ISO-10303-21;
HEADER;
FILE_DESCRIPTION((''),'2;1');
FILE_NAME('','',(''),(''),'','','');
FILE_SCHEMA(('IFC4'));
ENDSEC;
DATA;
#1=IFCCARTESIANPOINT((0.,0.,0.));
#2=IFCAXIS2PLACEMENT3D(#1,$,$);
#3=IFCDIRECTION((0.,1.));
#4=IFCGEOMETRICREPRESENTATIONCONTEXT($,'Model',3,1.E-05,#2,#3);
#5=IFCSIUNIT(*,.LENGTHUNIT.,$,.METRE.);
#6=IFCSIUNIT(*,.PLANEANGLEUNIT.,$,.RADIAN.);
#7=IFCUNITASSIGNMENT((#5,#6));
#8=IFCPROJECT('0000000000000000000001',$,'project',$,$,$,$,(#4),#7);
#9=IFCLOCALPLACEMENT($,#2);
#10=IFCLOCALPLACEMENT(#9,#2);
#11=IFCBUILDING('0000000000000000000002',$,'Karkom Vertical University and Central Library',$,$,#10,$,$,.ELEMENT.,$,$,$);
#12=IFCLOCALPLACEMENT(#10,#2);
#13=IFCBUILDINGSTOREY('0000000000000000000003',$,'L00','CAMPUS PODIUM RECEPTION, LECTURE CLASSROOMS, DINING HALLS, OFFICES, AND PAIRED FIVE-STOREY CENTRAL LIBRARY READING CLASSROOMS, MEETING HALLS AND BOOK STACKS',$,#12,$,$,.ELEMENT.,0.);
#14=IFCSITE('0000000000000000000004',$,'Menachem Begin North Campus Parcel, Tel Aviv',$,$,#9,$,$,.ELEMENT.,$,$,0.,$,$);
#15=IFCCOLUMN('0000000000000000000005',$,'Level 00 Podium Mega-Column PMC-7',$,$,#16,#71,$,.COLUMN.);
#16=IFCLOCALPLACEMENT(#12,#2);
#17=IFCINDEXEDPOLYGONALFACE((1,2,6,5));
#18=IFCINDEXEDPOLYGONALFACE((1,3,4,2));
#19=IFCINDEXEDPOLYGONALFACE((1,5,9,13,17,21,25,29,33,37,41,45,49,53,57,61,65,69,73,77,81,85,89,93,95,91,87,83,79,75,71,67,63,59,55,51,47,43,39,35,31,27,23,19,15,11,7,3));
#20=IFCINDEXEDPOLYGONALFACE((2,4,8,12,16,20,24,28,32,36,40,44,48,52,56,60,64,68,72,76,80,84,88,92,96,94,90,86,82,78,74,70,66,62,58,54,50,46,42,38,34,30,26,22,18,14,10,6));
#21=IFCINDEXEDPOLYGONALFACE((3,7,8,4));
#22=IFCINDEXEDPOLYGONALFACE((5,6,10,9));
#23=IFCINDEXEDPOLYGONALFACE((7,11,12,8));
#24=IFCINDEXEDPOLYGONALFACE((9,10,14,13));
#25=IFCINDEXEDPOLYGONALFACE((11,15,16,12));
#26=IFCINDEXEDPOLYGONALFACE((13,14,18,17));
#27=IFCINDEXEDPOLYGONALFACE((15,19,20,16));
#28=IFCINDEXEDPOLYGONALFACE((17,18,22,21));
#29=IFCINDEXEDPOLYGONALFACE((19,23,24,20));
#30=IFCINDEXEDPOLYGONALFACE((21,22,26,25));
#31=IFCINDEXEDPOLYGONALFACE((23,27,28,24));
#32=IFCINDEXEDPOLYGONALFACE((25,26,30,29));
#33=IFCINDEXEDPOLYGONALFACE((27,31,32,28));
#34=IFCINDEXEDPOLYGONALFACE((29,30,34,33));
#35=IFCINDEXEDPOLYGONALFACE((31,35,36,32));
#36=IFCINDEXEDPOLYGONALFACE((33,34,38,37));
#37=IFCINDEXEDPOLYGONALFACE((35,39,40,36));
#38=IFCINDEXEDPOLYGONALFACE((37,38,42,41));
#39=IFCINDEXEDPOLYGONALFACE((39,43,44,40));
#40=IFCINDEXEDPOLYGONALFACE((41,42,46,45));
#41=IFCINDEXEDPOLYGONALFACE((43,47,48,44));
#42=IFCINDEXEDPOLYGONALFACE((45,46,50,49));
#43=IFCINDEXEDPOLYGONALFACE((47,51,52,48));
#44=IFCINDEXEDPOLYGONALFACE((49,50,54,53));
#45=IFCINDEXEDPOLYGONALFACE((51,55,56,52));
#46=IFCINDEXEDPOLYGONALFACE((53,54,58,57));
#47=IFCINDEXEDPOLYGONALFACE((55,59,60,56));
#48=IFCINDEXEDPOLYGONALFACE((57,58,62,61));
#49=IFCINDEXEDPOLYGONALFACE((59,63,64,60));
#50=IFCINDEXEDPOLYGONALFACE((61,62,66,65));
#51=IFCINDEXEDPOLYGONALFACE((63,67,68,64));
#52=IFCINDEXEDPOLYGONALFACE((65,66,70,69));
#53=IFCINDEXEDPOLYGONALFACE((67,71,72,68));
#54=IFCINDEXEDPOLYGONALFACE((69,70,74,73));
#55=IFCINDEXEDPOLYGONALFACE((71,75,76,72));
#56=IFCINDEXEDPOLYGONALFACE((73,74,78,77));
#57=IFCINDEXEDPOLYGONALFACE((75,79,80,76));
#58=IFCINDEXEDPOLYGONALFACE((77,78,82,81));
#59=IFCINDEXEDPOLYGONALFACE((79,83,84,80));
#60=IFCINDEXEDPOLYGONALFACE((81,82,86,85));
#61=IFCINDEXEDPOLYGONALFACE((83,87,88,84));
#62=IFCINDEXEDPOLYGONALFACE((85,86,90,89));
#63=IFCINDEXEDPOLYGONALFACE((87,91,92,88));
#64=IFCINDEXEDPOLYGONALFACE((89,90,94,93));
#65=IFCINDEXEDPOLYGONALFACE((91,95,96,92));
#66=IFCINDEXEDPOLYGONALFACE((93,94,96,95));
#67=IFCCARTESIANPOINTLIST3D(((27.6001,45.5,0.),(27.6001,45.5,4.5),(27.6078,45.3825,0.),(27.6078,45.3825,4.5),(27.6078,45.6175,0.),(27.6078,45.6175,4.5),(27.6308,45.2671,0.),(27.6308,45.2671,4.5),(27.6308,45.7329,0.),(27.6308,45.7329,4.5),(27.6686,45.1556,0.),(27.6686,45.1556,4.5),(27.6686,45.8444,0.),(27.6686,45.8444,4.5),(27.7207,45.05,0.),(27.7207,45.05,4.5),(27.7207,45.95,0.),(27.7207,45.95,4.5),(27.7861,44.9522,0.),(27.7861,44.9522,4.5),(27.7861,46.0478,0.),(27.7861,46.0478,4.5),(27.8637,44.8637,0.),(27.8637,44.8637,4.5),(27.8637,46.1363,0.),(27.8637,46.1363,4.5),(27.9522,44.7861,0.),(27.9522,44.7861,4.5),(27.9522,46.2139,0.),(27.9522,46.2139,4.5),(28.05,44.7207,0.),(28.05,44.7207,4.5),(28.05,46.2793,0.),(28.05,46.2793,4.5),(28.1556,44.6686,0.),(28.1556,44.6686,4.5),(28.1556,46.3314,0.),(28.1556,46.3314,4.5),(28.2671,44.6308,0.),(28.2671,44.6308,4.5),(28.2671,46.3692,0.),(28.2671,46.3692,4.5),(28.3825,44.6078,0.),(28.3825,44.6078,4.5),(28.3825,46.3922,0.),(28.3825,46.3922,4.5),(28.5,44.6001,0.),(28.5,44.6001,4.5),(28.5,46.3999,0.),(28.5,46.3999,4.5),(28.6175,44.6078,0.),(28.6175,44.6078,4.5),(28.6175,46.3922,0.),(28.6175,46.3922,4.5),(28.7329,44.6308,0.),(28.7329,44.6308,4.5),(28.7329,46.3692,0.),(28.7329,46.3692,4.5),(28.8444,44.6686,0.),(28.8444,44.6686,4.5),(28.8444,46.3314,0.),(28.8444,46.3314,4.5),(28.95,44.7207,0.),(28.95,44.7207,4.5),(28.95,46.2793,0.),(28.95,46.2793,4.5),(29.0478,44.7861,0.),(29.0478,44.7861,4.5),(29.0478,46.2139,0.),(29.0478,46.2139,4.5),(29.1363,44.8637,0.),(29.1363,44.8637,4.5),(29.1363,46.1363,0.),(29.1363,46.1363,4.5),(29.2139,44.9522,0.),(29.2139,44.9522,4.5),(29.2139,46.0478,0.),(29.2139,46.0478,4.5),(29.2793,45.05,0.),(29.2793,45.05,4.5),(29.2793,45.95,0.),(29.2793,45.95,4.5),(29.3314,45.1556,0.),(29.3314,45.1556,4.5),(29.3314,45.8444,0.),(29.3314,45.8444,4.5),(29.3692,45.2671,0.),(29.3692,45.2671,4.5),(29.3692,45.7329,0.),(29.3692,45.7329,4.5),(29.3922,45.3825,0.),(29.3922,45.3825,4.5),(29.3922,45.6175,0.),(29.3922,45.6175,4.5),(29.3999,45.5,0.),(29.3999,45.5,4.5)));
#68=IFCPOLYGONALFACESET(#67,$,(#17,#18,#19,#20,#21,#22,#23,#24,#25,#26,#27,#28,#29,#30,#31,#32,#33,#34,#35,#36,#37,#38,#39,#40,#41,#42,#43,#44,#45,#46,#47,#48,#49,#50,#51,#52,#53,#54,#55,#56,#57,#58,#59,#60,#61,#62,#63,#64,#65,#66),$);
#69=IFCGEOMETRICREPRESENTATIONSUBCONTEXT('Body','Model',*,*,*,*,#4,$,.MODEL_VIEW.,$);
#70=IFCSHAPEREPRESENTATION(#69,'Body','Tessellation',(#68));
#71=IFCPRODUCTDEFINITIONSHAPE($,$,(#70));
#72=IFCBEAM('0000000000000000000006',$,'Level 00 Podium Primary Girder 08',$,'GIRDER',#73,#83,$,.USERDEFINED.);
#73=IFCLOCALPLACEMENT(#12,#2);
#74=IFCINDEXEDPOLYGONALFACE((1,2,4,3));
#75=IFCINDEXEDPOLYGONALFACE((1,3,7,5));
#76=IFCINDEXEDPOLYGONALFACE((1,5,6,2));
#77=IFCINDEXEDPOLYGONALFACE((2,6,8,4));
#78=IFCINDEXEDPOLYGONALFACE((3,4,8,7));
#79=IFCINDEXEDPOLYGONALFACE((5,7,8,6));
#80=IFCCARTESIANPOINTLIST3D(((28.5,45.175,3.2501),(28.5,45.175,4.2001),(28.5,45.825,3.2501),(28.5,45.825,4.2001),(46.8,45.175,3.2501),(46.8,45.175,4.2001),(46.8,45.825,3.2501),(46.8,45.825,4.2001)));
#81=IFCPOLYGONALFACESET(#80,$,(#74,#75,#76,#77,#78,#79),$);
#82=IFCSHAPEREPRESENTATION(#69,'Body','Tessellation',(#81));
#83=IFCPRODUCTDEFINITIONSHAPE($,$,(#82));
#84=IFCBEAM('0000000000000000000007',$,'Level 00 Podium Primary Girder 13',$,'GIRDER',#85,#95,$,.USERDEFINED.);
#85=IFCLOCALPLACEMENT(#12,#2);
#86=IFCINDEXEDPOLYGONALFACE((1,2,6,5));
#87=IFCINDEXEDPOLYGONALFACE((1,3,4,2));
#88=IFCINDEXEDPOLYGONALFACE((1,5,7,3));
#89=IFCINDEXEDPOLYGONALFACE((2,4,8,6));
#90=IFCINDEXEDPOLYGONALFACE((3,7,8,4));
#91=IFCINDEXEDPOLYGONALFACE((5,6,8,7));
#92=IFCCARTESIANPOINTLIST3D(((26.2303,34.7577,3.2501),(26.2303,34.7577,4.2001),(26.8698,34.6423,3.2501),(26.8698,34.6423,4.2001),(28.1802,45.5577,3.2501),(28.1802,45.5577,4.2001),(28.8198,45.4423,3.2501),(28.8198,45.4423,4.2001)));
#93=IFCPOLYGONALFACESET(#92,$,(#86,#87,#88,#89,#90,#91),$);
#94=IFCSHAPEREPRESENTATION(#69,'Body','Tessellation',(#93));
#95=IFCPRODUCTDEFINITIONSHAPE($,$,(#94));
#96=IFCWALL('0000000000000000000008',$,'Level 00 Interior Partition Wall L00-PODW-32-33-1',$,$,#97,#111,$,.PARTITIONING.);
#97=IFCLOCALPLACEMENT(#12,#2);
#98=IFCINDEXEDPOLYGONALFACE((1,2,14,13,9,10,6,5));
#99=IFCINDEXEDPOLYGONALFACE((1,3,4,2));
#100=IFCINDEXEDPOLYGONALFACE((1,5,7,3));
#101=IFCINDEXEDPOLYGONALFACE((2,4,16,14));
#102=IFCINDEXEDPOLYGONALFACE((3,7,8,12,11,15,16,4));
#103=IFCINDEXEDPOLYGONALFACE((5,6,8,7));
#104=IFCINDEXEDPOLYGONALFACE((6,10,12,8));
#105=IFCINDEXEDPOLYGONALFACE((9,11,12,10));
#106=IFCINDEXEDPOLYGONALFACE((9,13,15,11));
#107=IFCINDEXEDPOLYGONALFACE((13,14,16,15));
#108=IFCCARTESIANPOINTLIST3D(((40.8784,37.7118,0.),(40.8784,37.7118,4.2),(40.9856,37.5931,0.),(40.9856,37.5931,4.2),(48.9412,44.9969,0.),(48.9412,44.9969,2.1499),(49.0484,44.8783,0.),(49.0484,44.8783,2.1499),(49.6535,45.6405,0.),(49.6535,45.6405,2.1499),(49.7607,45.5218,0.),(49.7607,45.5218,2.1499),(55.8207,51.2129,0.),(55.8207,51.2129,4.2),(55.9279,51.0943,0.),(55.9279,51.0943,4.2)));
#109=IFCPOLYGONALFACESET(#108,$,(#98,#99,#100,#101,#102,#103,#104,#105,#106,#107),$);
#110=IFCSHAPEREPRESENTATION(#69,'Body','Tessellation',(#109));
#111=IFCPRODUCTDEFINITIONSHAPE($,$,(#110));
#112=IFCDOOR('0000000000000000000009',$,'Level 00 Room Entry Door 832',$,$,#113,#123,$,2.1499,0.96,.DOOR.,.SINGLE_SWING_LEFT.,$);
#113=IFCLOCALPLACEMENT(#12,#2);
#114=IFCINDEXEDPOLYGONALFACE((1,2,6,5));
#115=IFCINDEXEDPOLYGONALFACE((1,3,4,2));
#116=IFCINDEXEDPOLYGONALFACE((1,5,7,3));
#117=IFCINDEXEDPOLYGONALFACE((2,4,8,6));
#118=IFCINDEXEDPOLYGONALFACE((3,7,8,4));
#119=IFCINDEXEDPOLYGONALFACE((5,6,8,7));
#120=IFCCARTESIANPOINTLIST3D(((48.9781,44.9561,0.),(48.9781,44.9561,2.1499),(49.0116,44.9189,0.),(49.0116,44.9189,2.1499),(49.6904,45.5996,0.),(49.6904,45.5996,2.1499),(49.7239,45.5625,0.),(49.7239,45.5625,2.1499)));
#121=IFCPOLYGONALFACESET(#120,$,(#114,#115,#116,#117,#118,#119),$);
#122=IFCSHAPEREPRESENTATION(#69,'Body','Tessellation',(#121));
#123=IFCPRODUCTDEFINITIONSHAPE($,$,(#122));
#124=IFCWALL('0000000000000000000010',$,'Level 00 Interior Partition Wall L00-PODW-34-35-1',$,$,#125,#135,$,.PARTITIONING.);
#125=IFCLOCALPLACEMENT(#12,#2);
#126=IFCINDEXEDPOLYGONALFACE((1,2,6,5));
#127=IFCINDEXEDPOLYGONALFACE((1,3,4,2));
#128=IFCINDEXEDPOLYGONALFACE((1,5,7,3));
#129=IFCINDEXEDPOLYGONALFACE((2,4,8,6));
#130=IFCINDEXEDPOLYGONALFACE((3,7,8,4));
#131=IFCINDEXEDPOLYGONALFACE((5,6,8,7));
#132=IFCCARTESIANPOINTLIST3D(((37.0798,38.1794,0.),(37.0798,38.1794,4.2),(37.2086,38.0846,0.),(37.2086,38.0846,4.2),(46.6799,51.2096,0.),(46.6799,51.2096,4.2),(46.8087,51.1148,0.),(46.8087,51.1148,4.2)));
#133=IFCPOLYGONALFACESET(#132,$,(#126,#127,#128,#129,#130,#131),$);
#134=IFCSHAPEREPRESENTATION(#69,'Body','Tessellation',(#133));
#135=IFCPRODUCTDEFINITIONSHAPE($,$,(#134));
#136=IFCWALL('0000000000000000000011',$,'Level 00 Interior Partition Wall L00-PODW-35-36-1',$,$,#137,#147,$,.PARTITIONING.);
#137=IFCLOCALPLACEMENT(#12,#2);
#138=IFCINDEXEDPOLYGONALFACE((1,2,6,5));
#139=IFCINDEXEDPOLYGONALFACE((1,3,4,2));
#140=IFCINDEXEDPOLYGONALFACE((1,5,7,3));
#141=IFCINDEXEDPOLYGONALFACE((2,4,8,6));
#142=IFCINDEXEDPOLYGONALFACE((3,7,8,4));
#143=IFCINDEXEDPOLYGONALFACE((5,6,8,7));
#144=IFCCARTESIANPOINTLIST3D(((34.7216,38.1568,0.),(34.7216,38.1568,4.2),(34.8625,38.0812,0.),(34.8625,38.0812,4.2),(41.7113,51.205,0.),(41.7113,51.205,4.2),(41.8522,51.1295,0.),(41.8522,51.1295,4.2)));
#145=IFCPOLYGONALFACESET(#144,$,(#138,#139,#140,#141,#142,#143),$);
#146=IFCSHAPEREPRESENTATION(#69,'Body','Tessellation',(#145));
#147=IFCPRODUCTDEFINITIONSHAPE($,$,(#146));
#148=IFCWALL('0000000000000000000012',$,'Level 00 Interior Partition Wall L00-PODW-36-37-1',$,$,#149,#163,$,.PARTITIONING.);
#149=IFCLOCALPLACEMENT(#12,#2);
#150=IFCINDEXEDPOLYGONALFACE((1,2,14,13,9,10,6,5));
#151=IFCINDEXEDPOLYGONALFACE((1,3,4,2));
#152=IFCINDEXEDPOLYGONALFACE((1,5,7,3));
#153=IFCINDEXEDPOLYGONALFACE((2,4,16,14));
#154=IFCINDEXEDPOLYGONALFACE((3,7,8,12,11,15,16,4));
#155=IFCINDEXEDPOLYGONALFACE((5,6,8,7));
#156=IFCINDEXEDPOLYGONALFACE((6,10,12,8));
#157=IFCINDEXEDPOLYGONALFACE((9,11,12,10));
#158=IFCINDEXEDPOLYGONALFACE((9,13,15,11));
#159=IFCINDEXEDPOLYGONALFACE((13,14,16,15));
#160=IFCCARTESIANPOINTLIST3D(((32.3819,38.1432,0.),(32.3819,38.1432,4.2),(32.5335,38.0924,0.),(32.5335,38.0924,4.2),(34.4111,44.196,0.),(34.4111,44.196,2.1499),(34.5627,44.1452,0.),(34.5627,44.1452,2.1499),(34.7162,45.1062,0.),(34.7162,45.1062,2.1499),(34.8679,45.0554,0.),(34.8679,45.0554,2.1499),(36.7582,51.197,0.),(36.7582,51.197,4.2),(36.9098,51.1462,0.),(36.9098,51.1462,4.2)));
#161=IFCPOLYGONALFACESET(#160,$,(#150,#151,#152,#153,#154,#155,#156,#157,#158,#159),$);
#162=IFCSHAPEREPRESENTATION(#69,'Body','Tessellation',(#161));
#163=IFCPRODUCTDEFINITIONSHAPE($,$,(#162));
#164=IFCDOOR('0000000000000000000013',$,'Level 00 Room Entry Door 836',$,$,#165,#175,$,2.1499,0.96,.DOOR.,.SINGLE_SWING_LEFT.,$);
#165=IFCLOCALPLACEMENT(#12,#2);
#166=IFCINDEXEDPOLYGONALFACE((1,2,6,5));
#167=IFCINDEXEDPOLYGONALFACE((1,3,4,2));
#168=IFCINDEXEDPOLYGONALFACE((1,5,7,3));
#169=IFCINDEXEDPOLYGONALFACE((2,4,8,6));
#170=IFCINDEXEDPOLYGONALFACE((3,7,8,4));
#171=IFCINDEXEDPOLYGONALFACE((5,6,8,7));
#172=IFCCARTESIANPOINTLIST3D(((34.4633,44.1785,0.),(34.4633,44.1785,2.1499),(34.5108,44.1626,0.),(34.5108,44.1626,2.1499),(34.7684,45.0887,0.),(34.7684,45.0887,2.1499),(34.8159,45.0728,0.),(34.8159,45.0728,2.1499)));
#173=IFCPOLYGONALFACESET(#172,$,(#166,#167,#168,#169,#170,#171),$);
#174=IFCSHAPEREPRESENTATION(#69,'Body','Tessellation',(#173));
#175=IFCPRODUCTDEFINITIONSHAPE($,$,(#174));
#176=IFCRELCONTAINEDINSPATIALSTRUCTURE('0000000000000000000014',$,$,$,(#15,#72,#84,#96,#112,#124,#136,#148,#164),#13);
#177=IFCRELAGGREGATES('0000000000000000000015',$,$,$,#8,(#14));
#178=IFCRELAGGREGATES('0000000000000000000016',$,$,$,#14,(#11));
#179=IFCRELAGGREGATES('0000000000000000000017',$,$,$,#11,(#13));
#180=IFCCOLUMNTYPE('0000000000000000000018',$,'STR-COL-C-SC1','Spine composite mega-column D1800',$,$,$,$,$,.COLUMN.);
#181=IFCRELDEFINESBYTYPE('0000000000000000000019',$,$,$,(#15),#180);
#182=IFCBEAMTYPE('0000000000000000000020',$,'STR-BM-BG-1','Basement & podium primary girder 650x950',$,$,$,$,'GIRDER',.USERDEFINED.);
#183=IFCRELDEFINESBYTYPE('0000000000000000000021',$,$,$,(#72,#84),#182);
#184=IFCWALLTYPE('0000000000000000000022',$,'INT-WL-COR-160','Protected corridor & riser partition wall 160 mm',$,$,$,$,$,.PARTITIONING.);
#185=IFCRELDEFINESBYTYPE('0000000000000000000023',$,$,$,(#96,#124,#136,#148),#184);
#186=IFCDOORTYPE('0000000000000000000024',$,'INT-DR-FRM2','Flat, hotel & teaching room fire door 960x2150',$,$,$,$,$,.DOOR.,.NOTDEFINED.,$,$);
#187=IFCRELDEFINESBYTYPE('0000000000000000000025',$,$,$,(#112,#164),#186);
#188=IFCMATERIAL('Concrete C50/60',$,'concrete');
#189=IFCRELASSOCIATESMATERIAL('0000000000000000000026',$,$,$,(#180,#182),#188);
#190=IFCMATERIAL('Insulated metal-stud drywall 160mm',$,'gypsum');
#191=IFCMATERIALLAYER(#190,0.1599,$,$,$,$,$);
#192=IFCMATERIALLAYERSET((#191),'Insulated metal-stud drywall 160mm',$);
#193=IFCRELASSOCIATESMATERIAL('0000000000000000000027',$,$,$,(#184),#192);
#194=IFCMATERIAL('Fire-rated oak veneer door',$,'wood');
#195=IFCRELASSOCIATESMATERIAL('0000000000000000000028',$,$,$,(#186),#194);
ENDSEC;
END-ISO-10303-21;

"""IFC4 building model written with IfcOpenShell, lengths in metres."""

from ifc_helpers import new_model, si_unit, direction, frame, frame_2d, origin, origin_with_axes, origin_2d, place, context, subcontext, project, spatial, rectangle, circle, extrude, source, transform, mapped, material, layer, layer_set, material_profile, profile_set, type_object, element, fill, save


model = new_model("IFC4")

# Units and contexts
model_context = context("Model", 3, precision=1e-05, world=origin(), true_north=direction((0.0, 1.0)))
body_context = subcontext(model_context, "Body", "Model", "MODEL_VIEW")
ifc_project = project(units=[si_unit("LENGTHUNIT", "METRE"), si_unit("PLANEANGLEUNIT", "RADIAN")], contexts=[model_context])

# Site, building, storey
site_placement = place(None, origin())
site = spatial("IfcSite", under=ifc_project, at=site_placement, Name="Menachem Begin North Campus Parcel, Tel Aviv", CompositionType="ELEMENT", RefElevation=0.0)
building_placement = place(site_placement, origin())
building = spatial("IfcBuilding", under=site, at=building_placement, Name="Karkom Vertical University and Central Library", CompositionType="ELEMENT")
storey_placement = place(building_placement, origin())
storey = spatial("IfcBuildingStorey", under=building, at=storey_placement, Name="L00", Description="CAMPUS PODIUM RECEPTION, LECTURE CLASSROOMS, DINING HALLS, OFFICES, AND PAIRED FIVE-STOREY CENTRAL LIBRARY READING CLASSROOMS, MEETING HALLS AND BOOK STACKS", CompositionType="ELEMENT", Elevation=0.0)

# Column
ifc_material_1 = material(Name="Concrete C50/60", Category="concrete")
ifc_material_profile_1 = material_profile(ifc_material_1, circle(Radius=0.8999, at=origin_2d()), Name="CFT-D1800")
ifc_profile_set_1 = profile_set([ifc_material_profile_1], Name="Concrete C50/60")
column_type = type_object("IfcColumnType", Name="STR-COL-C-SC1", Description="Spine composite mega-column D1800", PredefinedType="COLUMN", material=ifc_profile_set_1)
shared_shape_1 = source(origin_with_axes(), body_context, "Body", "SweptSolid", [
    extrude(circle(Radius=0.8999, at=origin_2d()), origin(), (0.0, 0.0, 1.0), 4.5),
])
column_placement = place(storey_placement, frame((28.5, 45.5, 0.0), z_axis=(0.0, 0.0, 1.0), x_axis=(1.0, 0.0, 0.0)))
element("IfcColumn", 1, at=column_placement, inside=storey, type_object=column_type, Name="Level 00 Podium Mega-Column PMC-7", PredefinedType="COLUMN", context=body_context, shape_type="MappedRepresentation", body=[
    mapped(shared_shape_1, transform((0.0, 0.0, 0.0), scale=1.0)),
])

# Beams
ifc_material_profile_2 = material_profile(ifc_material_1, rectangle(XDim=0.6499, YDim=0.95, at=origin_2d()), Name="RCG-650x950")
ifc_profile_set_2 = profile_set([ifc_material_profile_2], Name="Concrete C50/60")
beam_type = type_object("IfcBeamType", Name="STR-BM-BG-1", Description="Basement & podium primary girder 650x950", ElementType="GIRDER", PredefinedType="USERDEFINED", material=ifc_profile_set_2)
shared_shape_2 = source(origin_with_axes(), body_context, "Body", "SweptSolid", [
    extrude(rectangle(XDim=0.6499, YDim=0.95, at=origin_2d()), origin(), (0.0, 0.0, 1.0), 18.3),
])
beam_1_placement = place(storey_placement, frame((28.5, 45.5, 3.7251), z_axis=(1.0, 0.0, 0.0), x_axis=(0.0, 1.0, 0.0)))
element("IfcBeam", 2, at=beam_1_placement, inside=storey, type_object=beam_type, Name="Level 00 Podium Primary Girder 08", ObjectType="GIRDER", PredefinedType="USERDEFINED", context=body_context, shape_type="MappedRepresentation", body=[
    mapped(shared_shape_2, transform((0.0, 0.0, 0.0), scale=1.0)),
])
shared_shape_3 = source(origin_with_axes(), body_context, "Body", "SweptSolid", [
    extrude(rectangle(XDim=0.6499, YDim=0.95, at=origin_2d()), origin(), (0.0, 0.0, 1.0), 10.9746),
])
beam_2_placement = place(storey_placement, frame((28.5, 45.5, 3.7251), z_axis=(-0.177677, -0.984089, 0.0), x_axis=(0.984089, -0.177677, 0.0)))
element("IfcBeam", 3, at=beam_2_placement, inside=storey, type_object=beam_type, Name="Level 00 Podium Primary Girder 13", ObjectType="GIRDER", PredefinedType="USERDEFINED", context=body_context, shape_type="MappedRepresentation", body=[
    mapped(shared_shape_3, transform((0.0, 0.0, 0.0), scale=1.0)),
])

# Wall, opening, door
ifc_material_2 = material(Name="Insulated metal-stud drywall 160mm", Category="gypsum")
ifc_layer_1 = layer(ifc_material_2, 0.1599)
ifc_layer_set_1 = layer_set([ifc_layer_1], Name="Insulated metal-stud drywall 160mm")
wall_type_1 = type_object("IfcWallType", Name="INT-WL-COR-160", Description="Protected corridor & riser partition wall 160 mm", PredefinedType="PARTITIONING", material=ifc_layer_set_1)
wall_1_placement = place(storey_placement, frame((40.9319, 37.6523, 0.0), z_axis=(0.0, 0.0, 1.0), x_axis=(0.741982, 0.67042, 0.0)))
wall_1 = element("IfcWall", 4, at=wall_1_placement, inside=storey, type_object=wall_type_1, Name="Level 00 Interior Partition Wall L00-PODW-32-33-1", PredefinedType="PARTITIONING", context=body_context, shape_type="SweptSolid", body=[
    extrude(rectangle(XDim=20.1384, YDim=0.1599, at=frame_2d((10.0693, 0.0))), origin(), (0.0, 0.0, 1.0), 4.2),
])
opening_1_placement = place(wall_1_placement, frame((10.8667, 0.0, 0.0)))
opening_1 = element("IfcOpeningElement", 5, at=opening_1_placement, cuts=wall_1, PredefinedType="OPENING", context=body_context, shape_type="SweptSolid", body=[
    extrude(rectangle(XDim=0.96, YDim=2.1499, at=frame_2d((0.48, 1.075))), frame((0.0, 0.0898, 0.0), z_axis=(0.0, -1.0, 0.0), x_axis=(1.0, 0.0, 0.0)), (0.0, 0.0, 1.0), 0.1799),
])
ifc_material_3 = material(Name="Fire-rated oak veneer door", Category="wood")
door_type = type_object("IfcDoorType", Name="INT-DR-FRM2", Description="Flat, hotel & teaching room fire door 960x2150", OperationType="NOTDEFINED", PredefinedType="DOOR", material=ifc_material_3)
shared_shape_4 = source(origin_with_axes(), body_context, "Body", "SweptSolid", [
    extrude(rectangle(XDim=0.96, YDim=2.1499, at=frame_2d((0.48, 1.075))), frame((0.0, 0.0249, 0.0), z_axis=(0.0, -1.0, 0.0), x_axis=(1.0, 0.0, 0.0)), (0.0, 0.0, 1.0), 0.05),
])
door_1_placement = place(opening_1_placement, origin())
door_1 = element("IfcDoor", 6, at=door_1_placement, inside=storey, type_object=door_type, Name="Level 00 Room Entry Door 832", OperationType="SINGLE_SWING_LEFT", OverallHeight=2.1499, OverallWidth=0.96, PredefinedType="DOOR", context=body_context, shape_type="MappedRepresentation", body=[
    mapped(shared_shape_4, transform((0.0, 0.0, 0.0), scale=1.0)),
])
fill(opening_1, door_1)

# Walls
wall_2_placement = place(storey_placement, frame((37.1443, 38.1321, 0.0), z_axis=(0.0, 0.0, 1.0), x_axis=(0.593153, 0.80509, 0.0)))
element("IfcWall", 7, at=wall_2_placement, inside=storey, type_object=wall_type_1, Name="Level 00 Interior Partition Wall L00-PODW-34-35-1", PredefinedType="PARTITIONING", context=body_context, shape_type="SweptSolid", body=[
    extrude(rectangle(XDim=16.1848, YDim=0.1599, at=frame_2d((8.0923, 0.0))), origin(), (0.0, 0.0, 1.0), 4.2),
])
wall_3_placement = place(storey_placement, frame((34.792, 38.1189, 0.0), z_axis=(0.0, 0.0, 1.0), x_axis=(0.472199, 0.881492, 0.0)))
element("IfcWall", 8, at=wall_3_placement, inside=storey, type_object=wall_type_1, Name="Level 00 Interior Partition Wall L00-PODW-35-36-1", PredefinedType="PARTITIONING", context=body_context, shape_type="SweptSolid", body=[
    extrude(rectangle(XDim=14.8025, YDim=0.1599, at=frame_2d((7.4014, 0.0))), origin(), (0.0, 0.0, 1.0), 4.2),
])

# Wall, opening, door
wall_4_placement = place(storey_placement, frame((32.4578, 38.1179, 0.0), z_axis=(0.0, 0.0, 1.0), x_axis=(0.31786, 0.948137, 0.0)))
wall_4 = element("IfcWall", 9, at=wall_4_placement, inside=storey, type_object=wall_type_1, Name="Level 00 Interior Partition Wall L00-PODW-36-37-1", PredefinedType="PARTITIONING", context=body_context, shape_type="SweptSolid", body=[
    extrude(rectangle(XDim=13.7678, YDim=0.1599, at=frame_2d((6.8838, 0.0))), origin(), (0.0, 0.0, 1.0), 4.2),
])
opening_2_placement = place(wall_4_placement, frame((6.3838, 0.0, 0.0)))
opening_2 = element("IfcOpeningElement", 10, at=opening_2_placement, cuts=wall_4, PredefinedType="OPENING", context=body_context, shape_type="SweptSolid", body=[
    extrude(rectangle(XDim=0.96, YDim=2.1499, at=frame_2d((0.48, 1.075))), frame((0.0, 0.0898, 0.0), z_axis=(0.0, -1.0, 0.0), x_axis=(1.0, 0.0, 0.0)), (0.0, 0.0, 1.0), 0.1799),
])
door_2_placement = place(opening_2_placement, origin())
door_2 = element("IfcDoor", 11, at=door_2_placement, inside=storey, type_object=door_type, Name="Level 00 Room Entry Door 836", OperationType="SINGLE_SWING_LEFT", OverallHeight=2.1499, OverallWidth=0.96, PredefinedType="DOOR", context=body_context, shape_type="MappedRepresentation", body=[
    mapped(shared_shape_4, transform((0.0, 0.0, 0.0), scale=1.0)),
])
fill(opening_2, door_2)

save(model, "model.ifc")
